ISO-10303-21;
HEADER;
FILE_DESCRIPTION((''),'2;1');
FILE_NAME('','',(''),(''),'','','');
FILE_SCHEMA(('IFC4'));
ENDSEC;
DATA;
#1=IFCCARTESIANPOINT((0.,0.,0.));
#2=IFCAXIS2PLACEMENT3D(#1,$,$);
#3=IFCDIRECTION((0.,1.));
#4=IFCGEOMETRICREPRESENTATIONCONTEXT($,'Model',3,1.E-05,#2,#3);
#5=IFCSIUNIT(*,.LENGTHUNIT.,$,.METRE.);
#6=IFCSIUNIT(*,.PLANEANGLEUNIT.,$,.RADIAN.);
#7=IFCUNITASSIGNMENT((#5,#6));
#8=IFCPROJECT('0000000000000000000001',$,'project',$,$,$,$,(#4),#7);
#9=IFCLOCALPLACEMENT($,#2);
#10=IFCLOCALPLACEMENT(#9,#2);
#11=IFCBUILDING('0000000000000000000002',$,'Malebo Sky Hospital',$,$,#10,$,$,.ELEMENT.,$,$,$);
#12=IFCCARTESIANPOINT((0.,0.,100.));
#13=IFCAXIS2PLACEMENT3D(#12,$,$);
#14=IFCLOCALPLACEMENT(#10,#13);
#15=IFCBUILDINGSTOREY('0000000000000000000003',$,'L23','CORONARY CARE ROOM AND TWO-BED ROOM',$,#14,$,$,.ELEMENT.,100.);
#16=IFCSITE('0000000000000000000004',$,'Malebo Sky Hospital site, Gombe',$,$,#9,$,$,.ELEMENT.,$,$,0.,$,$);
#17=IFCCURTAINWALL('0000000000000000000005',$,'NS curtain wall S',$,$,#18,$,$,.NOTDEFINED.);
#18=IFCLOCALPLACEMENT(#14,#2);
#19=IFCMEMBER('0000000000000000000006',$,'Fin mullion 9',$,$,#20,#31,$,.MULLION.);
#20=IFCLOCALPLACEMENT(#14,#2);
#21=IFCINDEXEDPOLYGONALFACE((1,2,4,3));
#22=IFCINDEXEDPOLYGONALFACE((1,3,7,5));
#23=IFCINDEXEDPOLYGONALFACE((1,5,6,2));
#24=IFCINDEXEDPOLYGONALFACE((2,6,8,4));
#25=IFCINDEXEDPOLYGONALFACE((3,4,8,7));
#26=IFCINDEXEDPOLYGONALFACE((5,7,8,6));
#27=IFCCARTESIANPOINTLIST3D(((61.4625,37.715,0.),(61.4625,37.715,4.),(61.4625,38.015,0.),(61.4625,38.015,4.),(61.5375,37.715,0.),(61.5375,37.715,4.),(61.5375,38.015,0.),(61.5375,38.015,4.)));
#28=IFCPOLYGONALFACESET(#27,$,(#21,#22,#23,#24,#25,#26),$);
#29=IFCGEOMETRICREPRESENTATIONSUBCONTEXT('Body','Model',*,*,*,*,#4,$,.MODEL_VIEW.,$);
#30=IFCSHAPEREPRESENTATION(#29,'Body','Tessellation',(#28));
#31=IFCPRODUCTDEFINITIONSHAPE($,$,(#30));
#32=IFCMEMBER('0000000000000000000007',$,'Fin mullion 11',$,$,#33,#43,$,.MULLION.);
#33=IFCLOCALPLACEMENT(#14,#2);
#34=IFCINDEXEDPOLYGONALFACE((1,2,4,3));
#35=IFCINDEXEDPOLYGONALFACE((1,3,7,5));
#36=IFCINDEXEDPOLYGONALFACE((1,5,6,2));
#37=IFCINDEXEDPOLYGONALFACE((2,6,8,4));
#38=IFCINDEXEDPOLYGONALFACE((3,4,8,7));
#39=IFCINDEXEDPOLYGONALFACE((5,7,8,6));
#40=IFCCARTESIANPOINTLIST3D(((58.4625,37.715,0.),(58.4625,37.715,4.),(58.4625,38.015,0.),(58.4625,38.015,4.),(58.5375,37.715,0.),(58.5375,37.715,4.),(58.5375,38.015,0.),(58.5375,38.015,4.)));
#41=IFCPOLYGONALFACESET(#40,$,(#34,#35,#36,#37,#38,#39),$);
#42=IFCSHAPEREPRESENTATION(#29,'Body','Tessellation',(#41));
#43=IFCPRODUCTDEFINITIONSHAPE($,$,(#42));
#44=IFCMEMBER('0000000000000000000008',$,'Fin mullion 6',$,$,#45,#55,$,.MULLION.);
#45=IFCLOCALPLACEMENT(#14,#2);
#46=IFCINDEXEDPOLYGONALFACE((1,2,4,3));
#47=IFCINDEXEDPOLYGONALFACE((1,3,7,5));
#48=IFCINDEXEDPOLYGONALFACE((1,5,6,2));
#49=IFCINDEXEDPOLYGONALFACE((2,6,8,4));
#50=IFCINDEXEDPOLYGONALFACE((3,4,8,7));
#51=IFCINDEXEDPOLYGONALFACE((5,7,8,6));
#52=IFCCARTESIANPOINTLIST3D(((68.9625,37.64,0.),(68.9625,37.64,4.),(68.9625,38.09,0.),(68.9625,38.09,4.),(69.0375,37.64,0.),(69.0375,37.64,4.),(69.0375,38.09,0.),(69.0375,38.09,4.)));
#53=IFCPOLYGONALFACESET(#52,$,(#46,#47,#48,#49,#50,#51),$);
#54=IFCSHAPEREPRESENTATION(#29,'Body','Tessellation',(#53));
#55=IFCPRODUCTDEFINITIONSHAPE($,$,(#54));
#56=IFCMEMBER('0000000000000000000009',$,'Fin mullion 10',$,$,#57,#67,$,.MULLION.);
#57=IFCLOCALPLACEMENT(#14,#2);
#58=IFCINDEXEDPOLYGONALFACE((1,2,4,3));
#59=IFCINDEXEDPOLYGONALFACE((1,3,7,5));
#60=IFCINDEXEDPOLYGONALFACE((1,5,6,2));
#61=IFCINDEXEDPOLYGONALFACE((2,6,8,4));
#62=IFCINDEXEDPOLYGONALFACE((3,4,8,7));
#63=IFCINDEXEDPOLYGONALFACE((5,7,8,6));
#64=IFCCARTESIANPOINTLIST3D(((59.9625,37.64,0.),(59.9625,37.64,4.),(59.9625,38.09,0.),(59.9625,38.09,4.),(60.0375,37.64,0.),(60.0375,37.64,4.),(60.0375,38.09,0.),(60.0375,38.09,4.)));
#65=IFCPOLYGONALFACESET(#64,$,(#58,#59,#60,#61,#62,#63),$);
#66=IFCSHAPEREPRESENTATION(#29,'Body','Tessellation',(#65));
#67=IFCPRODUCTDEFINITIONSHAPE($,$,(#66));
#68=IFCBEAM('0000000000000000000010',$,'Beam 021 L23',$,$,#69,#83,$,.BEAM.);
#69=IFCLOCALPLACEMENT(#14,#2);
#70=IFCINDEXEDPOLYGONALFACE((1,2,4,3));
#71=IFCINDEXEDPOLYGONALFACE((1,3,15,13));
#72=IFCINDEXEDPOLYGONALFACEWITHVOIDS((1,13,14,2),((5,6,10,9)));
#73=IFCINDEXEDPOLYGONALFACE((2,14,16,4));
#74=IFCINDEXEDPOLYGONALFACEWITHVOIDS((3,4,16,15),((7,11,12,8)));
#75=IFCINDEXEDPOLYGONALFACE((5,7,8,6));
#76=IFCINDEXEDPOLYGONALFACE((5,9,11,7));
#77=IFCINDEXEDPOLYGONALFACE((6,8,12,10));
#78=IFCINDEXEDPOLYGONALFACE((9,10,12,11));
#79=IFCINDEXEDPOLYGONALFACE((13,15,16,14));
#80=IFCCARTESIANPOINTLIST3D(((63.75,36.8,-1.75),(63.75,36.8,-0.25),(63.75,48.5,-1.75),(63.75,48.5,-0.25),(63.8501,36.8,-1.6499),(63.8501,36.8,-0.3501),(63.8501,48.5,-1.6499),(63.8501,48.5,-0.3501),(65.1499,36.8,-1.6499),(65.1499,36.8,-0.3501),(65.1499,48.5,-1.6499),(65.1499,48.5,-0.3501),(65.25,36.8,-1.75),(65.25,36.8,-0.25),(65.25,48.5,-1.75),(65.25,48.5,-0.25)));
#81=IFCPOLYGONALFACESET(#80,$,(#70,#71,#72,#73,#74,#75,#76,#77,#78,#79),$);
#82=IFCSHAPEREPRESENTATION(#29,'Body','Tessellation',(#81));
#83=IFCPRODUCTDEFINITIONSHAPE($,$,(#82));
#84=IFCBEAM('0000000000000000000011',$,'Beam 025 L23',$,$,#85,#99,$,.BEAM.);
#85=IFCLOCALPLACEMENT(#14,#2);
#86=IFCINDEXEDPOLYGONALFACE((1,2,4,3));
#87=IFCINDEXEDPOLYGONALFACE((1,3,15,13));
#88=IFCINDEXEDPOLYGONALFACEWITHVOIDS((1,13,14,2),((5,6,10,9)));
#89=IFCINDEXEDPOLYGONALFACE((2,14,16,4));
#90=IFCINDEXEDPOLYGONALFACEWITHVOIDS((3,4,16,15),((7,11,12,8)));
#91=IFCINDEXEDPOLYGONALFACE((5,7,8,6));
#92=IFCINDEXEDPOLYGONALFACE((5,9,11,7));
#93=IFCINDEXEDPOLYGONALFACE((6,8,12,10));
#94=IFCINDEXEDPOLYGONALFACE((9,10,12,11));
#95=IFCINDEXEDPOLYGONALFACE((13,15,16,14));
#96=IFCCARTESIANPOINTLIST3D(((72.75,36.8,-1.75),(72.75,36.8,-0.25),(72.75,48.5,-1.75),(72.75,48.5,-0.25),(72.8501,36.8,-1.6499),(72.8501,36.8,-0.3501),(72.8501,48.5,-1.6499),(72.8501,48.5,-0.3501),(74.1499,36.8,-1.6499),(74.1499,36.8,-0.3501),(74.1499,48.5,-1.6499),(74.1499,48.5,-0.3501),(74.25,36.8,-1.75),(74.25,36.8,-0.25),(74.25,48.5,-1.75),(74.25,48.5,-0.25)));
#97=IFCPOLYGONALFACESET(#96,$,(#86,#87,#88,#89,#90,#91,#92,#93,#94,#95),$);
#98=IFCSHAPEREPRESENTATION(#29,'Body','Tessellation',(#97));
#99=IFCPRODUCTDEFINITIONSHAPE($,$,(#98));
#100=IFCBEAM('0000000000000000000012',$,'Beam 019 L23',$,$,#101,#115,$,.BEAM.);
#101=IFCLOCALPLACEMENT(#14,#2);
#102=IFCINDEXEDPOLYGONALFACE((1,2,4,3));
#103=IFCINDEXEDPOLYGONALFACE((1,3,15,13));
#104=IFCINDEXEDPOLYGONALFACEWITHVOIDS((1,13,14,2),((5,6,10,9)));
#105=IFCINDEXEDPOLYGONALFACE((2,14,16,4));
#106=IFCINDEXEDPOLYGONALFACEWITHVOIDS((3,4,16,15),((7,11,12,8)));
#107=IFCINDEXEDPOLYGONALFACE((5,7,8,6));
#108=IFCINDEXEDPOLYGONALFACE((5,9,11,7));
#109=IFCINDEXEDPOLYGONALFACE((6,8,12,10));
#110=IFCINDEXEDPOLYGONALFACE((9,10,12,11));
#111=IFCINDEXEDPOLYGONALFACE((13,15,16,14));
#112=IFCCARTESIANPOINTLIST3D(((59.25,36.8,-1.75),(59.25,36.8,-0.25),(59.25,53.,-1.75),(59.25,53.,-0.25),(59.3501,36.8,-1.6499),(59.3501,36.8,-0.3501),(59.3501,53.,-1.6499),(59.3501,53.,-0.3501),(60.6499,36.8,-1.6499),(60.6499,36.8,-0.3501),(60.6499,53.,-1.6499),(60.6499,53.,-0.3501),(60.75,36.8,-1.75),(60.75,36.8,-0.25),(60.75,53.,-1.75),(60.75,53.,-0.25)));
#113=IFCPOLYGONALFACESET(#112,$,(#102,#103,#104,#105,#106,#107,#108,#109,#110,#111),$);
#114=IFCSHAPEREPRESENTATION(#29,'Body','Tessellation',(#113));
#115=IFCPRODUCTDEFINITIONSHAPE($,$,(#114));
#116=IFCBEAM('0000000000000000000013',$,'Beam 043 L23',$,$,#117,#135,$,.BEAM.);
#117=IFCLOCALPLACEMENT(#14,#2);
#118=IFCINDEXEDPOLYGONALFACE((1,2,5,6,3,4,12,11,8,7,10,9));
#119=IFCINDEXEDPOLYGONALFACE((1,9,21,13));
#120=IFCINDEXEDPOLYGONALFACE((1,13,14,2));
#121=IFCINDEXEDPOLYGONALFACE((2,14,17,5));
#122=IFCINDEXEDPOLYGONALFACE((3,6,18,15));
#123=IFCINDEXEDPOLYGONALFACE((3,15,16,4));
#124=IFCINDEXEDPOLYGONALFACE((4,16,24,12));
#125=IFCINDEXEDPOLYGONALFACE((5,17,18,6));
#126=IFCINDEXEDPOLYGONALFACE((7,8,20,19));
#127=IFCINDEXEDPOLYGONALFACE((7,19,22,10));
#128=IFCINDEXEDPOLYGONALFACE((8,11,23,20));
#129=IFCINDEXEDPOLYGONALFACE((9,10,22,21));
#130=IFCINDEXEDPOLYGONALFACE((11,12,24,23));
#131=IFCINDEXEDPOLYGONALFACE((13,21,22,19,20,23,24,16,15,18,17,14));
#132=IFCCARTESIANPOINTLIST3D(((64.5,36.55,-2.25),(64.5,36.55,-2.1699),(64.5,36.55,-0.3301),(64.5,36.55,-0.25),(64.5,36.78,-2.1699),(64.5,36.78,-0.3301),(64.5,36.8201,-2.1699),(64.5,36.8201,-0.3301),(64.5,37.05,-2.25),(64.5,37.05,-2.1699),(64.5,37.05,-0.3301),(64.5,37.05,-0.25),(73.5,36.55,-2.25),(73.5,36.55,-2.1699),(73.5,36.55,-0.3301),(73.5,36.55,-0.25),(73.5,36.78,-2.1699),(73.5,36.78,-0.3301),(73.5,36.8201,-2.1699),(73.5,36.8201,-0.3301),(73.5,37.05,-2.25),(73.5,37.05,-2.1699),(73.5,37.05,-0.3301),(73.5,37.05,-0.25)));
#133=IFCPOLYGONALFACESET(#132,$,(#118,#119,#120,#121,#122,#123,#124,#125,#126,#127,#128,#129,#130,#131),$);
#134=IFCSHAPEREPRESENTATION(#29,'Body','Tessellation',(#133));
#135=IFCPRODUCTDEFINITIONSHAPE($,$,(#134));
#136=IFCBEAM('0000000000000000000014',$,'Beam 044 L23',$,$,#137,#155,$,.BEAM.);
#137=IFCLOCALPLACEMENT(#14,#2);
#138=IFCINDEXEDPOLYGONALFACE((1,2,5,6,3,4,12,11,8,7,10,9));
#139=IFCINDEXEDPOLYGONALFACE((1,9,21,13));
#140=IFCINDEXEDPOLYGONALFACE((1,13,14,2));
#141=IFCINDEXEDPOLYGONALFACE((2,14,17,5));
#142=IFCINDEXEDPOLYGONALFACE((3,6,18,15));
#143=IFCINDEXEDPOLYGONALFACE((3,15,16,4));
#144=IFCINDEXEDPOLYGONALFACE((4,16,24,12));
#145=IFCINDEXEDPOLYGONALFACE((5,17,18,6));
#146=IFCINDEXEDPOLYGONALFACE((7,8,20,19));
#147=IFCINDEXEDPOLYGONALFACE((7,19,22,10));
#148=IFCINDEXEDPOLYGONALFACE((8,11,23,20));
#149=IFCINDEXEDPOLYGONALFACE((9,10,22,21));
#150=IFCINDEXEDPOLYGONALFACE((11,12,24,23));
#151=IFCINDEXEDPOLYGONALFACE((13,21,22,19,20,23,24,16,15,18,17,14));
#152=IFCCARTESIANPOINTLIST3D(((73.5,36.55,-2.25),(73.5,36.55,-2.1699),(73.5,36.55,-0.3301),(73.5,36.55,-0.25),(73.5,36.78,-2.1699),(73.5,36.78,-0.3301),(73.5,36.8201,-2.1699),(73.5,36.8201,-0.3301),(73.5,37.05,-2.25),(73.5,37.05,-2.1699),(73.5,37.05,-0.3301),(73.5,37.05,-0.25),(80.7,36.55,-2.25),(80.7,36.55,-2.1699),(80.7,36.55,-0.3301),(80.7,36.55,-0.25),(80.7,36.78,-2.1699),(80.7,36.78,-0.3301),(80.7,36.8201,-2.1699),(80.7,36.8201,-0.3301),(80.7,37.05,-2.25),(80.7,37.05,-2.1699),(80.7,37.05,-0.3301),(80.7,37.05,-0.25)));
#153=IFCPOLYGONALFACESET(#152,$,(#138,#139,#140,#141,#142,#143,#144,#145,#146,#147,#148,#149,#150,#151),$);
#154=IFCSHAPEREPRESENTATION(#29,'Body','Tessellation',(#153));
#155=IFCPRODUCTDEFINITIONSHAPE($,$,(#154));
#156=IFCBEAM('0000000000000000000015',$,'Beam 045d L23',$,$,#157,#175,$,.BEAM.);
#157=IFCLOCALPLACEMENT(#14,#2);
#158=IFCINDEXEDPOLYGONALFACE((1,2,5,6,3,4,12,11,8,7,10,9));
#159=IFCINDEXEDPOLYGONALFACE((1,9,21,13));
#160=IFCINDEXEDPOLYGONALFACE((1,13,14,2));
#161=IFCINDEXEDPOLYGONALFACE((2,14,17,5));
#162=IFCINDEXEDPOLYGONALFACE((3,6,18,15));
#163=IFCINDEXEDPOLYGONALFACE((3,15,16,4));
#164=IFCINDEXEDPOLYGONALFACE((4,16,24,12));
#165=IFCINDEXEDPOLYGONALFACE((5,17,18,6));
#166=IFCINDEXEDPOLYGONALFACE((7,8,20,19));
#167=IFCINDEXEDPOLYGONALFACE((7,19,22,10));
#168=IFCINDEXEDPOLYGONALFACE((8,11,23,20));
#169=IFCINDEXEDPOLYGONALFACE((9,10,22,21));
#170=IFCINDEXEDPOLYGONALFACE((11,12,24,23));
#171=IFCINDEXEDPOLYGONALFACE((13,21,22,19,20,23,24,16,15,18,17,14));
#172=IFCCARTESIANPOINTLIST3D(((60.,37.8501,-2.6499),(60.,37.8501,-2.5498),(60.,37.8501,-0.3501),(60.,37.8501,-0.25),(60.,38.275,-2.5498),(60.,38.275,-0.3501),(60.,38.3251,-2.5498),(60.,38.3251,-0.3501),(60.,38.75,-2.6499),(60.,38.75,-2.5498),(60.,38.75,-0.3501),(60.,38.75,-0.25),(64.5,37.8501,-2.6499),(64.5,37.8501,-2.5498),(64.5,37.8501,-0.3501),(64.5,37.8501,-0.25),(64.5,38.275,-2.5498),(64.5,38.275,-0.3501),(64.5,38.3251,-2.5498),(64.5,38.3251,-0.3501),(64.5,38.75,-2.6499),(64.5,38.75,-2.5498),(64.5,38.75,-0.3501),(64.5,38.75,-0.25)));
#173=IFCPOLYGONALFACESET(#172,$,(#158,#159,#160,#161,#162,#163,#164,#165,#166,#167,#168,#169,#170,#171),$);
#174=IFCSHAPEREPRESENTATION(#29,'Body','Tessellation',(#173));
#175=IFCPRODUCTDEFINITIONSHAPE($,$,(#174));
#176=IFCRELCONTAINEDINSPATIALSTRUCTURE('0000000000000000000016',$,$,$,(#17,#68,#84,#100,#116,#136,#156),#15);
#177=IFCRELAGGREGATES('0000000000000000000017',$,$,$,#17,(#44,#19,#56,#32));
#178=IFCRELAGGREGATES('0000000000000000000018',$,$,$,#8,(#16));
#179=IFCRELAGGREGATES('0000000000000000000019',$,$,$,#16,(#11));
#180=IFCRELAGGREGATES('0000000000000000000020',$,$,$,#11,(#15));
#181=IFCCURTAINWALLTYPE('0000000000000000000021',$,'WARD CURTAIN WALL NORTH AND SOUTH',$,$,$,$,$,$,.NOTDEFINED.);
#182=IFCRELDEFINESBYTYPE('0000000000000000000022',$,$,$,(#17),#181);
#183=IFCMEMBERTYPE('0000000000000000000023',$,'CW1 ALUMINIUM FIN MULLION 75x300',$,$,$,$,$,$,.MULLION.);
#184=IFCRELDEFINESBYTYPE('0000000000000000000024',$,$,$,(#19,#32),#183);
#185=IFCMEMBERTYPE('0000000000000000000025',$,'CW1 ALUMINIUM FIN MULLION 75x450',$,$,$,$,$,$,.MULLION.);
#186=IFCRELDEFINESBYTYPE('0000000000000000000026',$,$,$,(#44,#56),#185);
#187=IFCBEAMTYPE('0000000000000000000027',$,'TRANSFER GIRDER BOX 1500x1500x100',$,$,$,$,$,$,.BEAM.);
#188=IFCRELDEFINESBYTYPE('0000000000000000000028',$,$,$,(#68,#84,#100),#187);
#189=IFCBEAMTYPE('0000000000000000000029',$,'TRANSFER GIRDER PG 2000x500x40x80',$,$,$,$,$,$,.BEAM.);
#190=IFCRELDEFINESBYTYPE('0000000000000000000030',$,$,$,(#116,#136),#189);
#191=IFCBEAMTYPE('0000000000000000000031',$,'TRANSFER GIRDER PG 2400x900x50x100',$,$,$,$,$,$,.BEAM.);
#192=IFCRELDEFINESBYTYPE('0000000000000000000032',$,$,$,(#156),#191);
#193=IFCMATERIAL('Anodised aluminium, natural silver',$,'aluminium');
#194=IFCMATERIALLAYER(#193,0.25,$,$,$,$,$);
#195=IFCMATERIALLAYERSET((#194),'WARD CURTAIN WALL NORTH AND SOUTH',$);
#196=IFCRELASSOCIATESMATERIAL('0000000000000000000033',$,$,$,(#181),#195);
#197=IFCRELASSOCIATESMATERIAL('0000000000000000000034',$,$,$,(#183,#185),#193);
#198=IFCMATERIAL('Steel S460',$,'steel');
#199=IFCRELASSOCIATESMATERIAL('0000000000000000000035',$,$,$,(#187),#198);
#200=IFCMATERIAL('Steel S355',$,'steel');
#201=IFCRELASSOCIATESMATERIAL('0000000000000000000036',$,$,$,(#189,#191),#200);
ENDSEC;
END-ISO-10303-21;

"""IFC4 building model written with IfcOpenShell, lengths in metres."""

from ifc_helpers import new_model, si_unit, direction, frame, origin, origin_2d, place, context, subcontext, project, spatial, rectangle, hollow_rectangle, i_section, extrude, material, layer, layer_set, material_profile, profile_set, type_object, element, aggregate, save


model = new_model("IFC4")

# Units and contexts
model_context = context("Model", 3, precision=1e-05, world=origin(), true_north=direction((0.0, 1.0)))
body_context = subcontext(model_context, "Body", "Model", "MODEL_VIEW")
ifc_project = project(units=[si_unit("LENGTHUNIT", "METRE"), si_unit("PLANEANGLEUNIT", "RADIAN")], contexts=[model_context])

# Site, building, storey
site_placement = place(None, origin())
site = spatial("IfcSite", under=ifc_project, at=site_placement, Name="Malebo Sky Hospital site, Gombe", CompositionType="ELEMENT", RefElevation=0.0)
building_placement = place(site_placement, origin())
building = spatial("IfcBuilding", under=site, at=building_placement, Name="Malebo Sky Hospital", CompositionType="ELEMENT")
storey_placement = place(building_placement, frame((0.0, 0.0, 100.0)))
storey = spatial("IfcBuildingStorey", under=building, at=storey_placement, Name="L23", Description="CORONARY CARE ROOM AND TWO-BED ROOM", CompositionType="ELEMENT", Elevation=100.0)

# Shared definitions
ifc_material_1 = material(Name="Steel S460", Category="steel")

# Curtain wall, members
ifc_material_2 = material(Name="Anodised aluminium, natural silver", Category="aluminium")
ifc_layer_1 = layer(ifc_material_2, 0.25)
ifc_layer_set_1 = layer_set([ifc_layer_1], Name="WARD CURTAIN WALL NORTH AND SOUTH")
curtain_wall_type = type_object("IfcCurtainWallType", Name="WARD CURTAIN WALL NORTH AND SOUTH", PredefinedType="NOTDEFINED", material=ifc_layer_set_1)
curtain_wall_placement = place(storey_placement, origin())
curtain_wall = element("IfcCurtainWall", 1, at=curtain_wall_placement, inside=storey, type_object=curtain_wall_type, Name="NS curtain wall S", PredefinedType="NOTDEFINED")
ifc_material_profile_1 = material_profile(ifc_material_2, rectangle(XDim=0.075, YDim=0.3, at=origin_2d()), Name="CW1 ALUMINIUM FIN MULLION 75x300")
ifc_profile_set_1 = profile_set([ifc_material_profile_1], Name="Anodised aluminium, natural silver")
member_type_1 = type_object("IfcMemberType", Name="CW1 ALUMINIUM FIN MULLION 75x300", PredefinedType="MULLION", material=ifc_profile_set_1)
member_1_placement = place(storey_placement, frame((61.5, 37.865, 0.0), z_axis=(0.0, 0.0, 1.0), x_axis=(-1.0, 0.0, 0.0)))
member_1 = element("IfcMember", 2, at=member_1_placement, type_object=member_type_1, Name="Fin mullion 9", PredefinedType="MULLION", context=body_context, shape_type="SweptSolid", body=[
    extrude(rectangle(XDim=0.075, YDim=0.3, at=origin_2d()), origin(), (0.0, 0.0, 1.0), 4.0),
])
member_2_placement = place(storey_placement, frame((58.5, 37.865, 0.0), z_axis=(0.0, 0.0, 1.0), x_axis=(-1.0, 0.0, 0.0)))
member_2 = element("IfcMember", 3, at=member_2_placement, type_object=member_type_1, Name="Fin mullion 11", PredefinedType="MULLION", context=body_context, shape_type="SweptSolid", body=[
    extrude(rectangle(XDim=0.075, YDim=0.3, at=origin_2d()), origin(), (0.0, 0.0, 1.0), 4.0),
])
ifc_material_profile_2 = material_profile(ifc_material_2, rectangle(XDim=0.075, YDim=0.45, at=origin_2d()), Name="CW1 ALUMINIUM FIN MULLION 75x450")
ifc_profile_set_2 = profile_set([ifc_material_profile_2], Name="Anodised aluminium, natural silver")
member_type_2 = type_object("IfcMemberType", Name="CW1 ALUMINIUM FIN MULLION 75x450", PredefinedType="MULLION", material=ifc_profile_set_2)
member_3_placement = place(storey_placement, frame((69.0, 37.865, 0.0), z_axis=(0.0, 0.0, 1.0), x_axis=(-1.0, 0.0, 0.0)))
member_3 = element("IfcMember", 4, at=member_3_placement, type_object=member_type_2, Name="Fin mullion 6", PredefinedType="MULLION", context=body_context, shape_type="SweptSolid", body=[
    extrude(rectangle(XDim=0.075, YDim=0.45, at=origin_2d()), origin(), (0.0, 0.0, 1.0), 4.0),
])
member_4_placement = place(storey_placement, frame((60.0, 37.865, 0.0), z_axis=(0.0, 0.0, 1.0), x_axis=(-1.0, 0.0, 0.0)))
member_4 = element("IfcMember", 5, at=member_4_placement, type_object=member_type_2, Name="Fin mullion 10", PredefinedType="MULLION", context=body_context, shape_type="SweptSolid", body=[
    extrude(rectangle(XDim=0.075, YDim=0.45, at=origin_2d()), origin(), (0.0, 0.0, 1.0), 4.0),
])

# Beams
ifc_material_profile_3 = material_profile(ifc_material_1, hollow_rectangle(XDim=1.5, YDim=1.5, WallThickness=0.1001, at=origin_2d()), Name="BOX 1500x1500x100")
ifc_profile_set_3 = profile_set([ifc_material_profile_3], Name="Steel S460")
beam_type_1 = type_object("IfcBeamType", Name="TRANSFER GIRDER BOX 1500x1500x100", PredefinedType="BEAM", material=ifc_profile_set_3)
for number, where, z_axis, x_axis, name in (
    (6, (64.5, 36.8, -1.0), (0.0, 1.0, 0.0), (-1.0, 0.0, 0.0), "Beam 021 L23"),
    (7, (73.5, 36.8, -1.0), (0.0, 1.0, 0.0), (-1.0, 0.0, 0.0), "Beam 025 L23"),
):
    element("IfcBeam", number, at=place(storey_placement, frame(where, z_axis=z_axis, x_axis=x_axis)), inside=storey, type_object=beam_type_1, Name=name, PredefinedType="BEAM", context=body_context, shape_type="SweptSolid", body=[
        extrude(hollow_rectangle(XDim=1.5, YDim=1.5, WallThickness=0.1001, at=origin_2d()), origin(), (0.0, 0.0, 1.0), 11.7),
    ])
beam_1_placement = place(storey_placement, frame((60.0, 36.8, -1.0), z_axis=(0.0, 1.0, 0.0), x_axis=(-1.0, 0.0, 0.0)))
element("IfcBeam", 8, at=beam_1_placement, inside=storey, type_object=beam_type_1, Name="Beam 019 L23", PredefinedType="BEAM", context=body_context, shape_type="SweptSolid", body=[
    extrude(hollow_rectangle(XDim=1.5, YDim=1.5, WallThickness=0.1001, at=origin_2d()), origin(), (0.0, 0.0, 1.0), 16.2),
])
ifc_material_3 = material(Name="Steel S355", Category="steel")
ifc_material_profile_4 = material_profile(ifc_material_3, i_section(OverallWidth=0.5, OverallDepth=2.0, WebThickness=0.04, FlangeThickness=0.0801, at=origin_2d()), Name="PG 2000x500x40x80")
ifc_profile_set_4 = profile_set([ifc_material_profile_4], Name="Steel S355")
beam_type_2 = type_object("IfcBeamType", Name="TRANSFER GIRDER PG 2000x500x40x80", PredefinedType="BEAM", material=ifc_profile_set_4)
beam_2_placement = place(storey_placement, frame((64.5, 36.8, -1.25), z_axis=(1.0, 0.0, 0.0), x_axis=(0.0, 1.0, 0.0)))
element("IfcBeam", 9, at=beam_2_placement, inside=storey, type_object=beam_type_2, Name="Beam 043 L23", PredefinedType="BEAM", context=body_context, shape_type="SweptSolid", body=[
    extrude(i_section(OverallWidth=0.5, OverallDepth=2.0, WebThickness=0.04, FlangeThickness=0.0801, at=origin_2d()), origin(), (0.0, 0.0, 1.0), 9.0),
])
beam_3_placement = place(storey_placement, frame((73.5, 36.8, -1.25), z_axis=(1.0, 0.0, 0.0), x_axis=(0.0, 1.0, 0.0)))
element("IfcBeam", 10, at=beam_3_placement, inside=storey, type_object=beam_type_2, Name="Beam 044 L23", PredefinedType="BEAM", context=body_context, shape_type="SweptSolid", body=[
    extrude(i_section(OverallWidth=0.5, OverallDepth=2.0, WebThickness=0.04, FlangeThickness=0.0801, at=origin_2d()), origin(), (0.0, 0.0, 1.0), 7.2),
])
ifc_material_profile_5 = material_profile(ifc_material_3, i_section(OverallWidth=0.8999, OverallDepth=2.3999, WebThickness=0.05, FlangeThickness=0.1001, at=origin_2d()), Name="PG 2400x900x50x100")
ifc_profile_set_5 = profile_set([ifc_material_profile_5], Name="Steel S355")
beam_type_3 = type_object("IfcBeamType", Name="TRANSFER GIRDER PG 2400x900x50x100", PredefinedType="BEAM", material=ifc_profile_set_5)
beam_4_placement = place(storey_placement, frame((60.0, 38.3, -1.45), z_axis=(1.0, 0.0, 0.0), x_axis=(0.0, 1.0, 0.0)))
element("IfcBeam", 11, at=beam_4_placement, inside=storey, type_object=beam_type_3, Name="Beam 045d L23", PredefinedType="BEAM", context=body_context, shape_type="SweptSolid", body=[
    extrude(i_section(OverallWidth=0.8999, OverallDepth=2.3999, WebThickness=0.05, FlangeThickness=0.1001, at=origin_2d()), origin(), (0.0, 0.0, 1.0), 4.5),
])

aggregate(curtain_wall, [member_3, member_1, member_4, member_2])

save(model, "model.ifc")
